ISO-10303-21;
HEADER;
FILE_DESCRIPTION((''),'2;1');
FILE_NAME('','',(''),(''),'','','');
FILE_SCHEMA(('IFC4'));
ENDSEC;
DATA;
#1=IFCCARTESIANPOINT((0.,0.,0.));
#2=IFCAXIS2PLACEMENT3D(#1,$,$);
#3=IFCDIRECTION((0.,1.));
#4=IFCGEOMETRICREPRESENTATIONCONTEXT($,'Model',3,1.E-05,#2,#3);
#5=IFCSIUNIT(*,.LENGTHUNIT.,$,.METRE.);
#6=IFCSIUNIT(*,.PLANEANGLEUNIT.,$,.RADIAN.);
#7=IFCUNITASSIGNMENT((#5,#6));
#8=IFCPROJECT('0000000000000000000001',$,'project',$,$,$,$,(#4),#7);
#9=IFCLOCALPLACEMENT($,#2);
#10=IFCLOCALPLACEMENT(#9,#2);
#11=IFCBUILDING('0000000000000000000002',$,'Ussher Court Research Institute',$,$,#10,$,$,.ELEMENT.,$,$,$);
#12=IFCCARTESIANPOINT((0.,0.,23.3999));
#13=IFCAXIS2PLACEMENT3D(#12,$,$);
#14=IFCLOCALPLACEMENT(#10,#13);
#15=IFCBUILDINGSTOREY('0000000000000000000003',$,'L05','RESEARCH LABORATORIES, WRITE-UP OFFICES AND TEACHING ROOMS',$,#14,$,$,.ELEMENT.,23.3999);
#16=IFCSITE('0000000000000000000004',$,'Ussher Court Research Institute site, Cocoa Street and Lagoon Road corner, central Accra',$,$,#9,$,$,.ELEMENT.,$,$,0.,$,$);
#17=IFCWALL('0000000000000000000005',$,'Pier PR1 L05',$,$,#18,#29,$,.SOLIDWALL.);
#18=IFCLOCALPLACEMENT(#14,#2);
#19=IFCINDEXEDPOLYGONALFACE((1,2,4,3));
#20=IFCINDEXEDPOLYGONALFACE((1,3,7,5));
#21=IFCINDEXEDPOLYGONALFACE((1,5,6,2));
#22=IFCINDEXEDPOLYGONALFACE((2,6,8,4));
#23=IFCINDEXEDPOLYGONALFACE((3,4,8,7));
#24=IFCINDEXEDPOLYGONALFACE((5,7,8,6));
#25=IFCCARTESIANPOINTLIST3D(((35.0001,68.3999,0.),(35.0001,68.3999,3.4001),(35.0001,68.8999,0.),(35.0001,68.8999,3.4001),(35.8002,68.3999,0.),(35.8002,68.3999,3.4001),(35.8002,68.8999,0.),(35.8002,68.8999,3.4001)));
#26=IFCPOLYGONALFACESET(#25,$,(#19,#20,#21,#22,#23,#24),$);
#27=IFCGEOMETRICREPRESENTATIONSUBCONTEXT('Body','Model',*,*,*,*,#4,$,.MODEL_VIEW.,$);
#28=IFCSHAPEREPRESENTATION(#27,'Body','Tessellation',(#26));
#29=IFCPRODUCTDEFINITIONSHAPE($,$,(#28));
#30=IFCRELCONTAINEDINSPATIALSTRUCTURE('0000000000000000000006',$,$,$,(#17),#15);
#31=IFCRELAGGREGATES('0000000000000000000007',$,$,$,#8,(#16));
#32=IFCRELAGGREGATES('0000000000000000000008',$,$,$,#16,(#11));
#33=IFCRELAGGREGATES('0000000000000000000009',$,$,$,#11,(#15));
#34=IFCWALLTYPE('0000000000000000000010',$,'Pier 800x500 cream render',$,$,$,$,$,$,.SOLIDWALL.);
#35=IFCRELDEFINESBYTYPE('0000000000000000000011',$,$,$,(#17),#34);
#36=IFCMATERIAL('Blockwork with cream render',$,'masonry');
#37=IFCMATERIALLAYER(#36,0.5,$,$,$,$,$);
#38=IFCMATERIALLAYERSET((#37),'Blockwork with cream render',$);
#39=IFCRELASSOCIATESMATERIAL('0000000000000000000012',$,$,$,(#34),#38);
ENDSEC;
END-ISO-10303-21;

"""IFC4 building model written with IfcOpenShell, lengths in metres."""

from ifc_helpers import new_model, si_unit, direction, frame, frame_2d, origin, place, context, subcontext, project, spatial, rectangle, extrude, material, layer, layer_set, type_object, element, save


model = new_model("IFC4")

# Units and contexts
model_context = context("Model", 3, precision=1e-05, world=origin(), true_north=direction((0.0, 1.0)))
body_context = subcontext(model_context, "Body", "Model", "MODEL_VIEW")
ifc_project = project(units=[si_unit("LENGTHUNIT", "METRE"), si_unit("PLANEANGLEUNIT", "RADIAN")], contexts=[model_context])

# Site, building, storey
site_placement = place(None, origin())
site = spatial("IfcSite", under=ifc_project, at=site_placement, Name="Ussher Court Research Institute site, Cocoa Street and Lagoon Road corner, central Accra", CompositionType="ELEMENT", RefElevation=0.0)
building_placement = place(site_placement, origin())
building = spatial("IfcBuilding", under=site, at=building_placement, Name="Ussher Court Research Institute", CompositionType="ELEMENT")
storey_placement = place(building_placement, frame((0.0, 0.0, 23.3999)))
storey = spatial("IfcBuildingStorey", under=building, at=storey_placement, Name="L05", Description="RESEARCH LABORATORIES, WRITE-UP OFFICES AND TEACHING ROOMS", CompositionType="ELEMENT", Elevation=23.3999)

# Wall
ifc_material_1 = material(Name="Blockwork with cream render", Category="masonry")
ifc_layer_1 = layer(ifc_material_1, 0.5)
ifc_layer_set_1 = layer_set([ifc_layer_1], Name="Blockwork with cream render")
wall_type_1 = type_object("IfcWallType", Name="Pier 800x500 cream render", PredefinedType="SOLIDWALL", material=ifc_layer_set_1)
for number, where, z_axis, x_axis, name in (
    (1, (35.8, 68.6499, 0.0), (0.0, 0.0, 1.0), (-1.0, 0.0, 0.0), "Pier PR1 L05"),
):
    element("IfcWall", number, at=place(storey_placement, frame(where, z_axis=z_axis, x_axis=x_axis)), inside=storey, type_object=wall_type_1, Name=name, PredefinedType="SOLIDWALL", context=body_context, shape_type="SweptSolid", body=[
        extrude(rectangle(XDim=0.8, YDim=0.5, at=frame_2d((0.3999, 0.0))), origin(), (0.0, 0.0, 1.0), 3.4001),
    ])

save(model, "model.ifc")
